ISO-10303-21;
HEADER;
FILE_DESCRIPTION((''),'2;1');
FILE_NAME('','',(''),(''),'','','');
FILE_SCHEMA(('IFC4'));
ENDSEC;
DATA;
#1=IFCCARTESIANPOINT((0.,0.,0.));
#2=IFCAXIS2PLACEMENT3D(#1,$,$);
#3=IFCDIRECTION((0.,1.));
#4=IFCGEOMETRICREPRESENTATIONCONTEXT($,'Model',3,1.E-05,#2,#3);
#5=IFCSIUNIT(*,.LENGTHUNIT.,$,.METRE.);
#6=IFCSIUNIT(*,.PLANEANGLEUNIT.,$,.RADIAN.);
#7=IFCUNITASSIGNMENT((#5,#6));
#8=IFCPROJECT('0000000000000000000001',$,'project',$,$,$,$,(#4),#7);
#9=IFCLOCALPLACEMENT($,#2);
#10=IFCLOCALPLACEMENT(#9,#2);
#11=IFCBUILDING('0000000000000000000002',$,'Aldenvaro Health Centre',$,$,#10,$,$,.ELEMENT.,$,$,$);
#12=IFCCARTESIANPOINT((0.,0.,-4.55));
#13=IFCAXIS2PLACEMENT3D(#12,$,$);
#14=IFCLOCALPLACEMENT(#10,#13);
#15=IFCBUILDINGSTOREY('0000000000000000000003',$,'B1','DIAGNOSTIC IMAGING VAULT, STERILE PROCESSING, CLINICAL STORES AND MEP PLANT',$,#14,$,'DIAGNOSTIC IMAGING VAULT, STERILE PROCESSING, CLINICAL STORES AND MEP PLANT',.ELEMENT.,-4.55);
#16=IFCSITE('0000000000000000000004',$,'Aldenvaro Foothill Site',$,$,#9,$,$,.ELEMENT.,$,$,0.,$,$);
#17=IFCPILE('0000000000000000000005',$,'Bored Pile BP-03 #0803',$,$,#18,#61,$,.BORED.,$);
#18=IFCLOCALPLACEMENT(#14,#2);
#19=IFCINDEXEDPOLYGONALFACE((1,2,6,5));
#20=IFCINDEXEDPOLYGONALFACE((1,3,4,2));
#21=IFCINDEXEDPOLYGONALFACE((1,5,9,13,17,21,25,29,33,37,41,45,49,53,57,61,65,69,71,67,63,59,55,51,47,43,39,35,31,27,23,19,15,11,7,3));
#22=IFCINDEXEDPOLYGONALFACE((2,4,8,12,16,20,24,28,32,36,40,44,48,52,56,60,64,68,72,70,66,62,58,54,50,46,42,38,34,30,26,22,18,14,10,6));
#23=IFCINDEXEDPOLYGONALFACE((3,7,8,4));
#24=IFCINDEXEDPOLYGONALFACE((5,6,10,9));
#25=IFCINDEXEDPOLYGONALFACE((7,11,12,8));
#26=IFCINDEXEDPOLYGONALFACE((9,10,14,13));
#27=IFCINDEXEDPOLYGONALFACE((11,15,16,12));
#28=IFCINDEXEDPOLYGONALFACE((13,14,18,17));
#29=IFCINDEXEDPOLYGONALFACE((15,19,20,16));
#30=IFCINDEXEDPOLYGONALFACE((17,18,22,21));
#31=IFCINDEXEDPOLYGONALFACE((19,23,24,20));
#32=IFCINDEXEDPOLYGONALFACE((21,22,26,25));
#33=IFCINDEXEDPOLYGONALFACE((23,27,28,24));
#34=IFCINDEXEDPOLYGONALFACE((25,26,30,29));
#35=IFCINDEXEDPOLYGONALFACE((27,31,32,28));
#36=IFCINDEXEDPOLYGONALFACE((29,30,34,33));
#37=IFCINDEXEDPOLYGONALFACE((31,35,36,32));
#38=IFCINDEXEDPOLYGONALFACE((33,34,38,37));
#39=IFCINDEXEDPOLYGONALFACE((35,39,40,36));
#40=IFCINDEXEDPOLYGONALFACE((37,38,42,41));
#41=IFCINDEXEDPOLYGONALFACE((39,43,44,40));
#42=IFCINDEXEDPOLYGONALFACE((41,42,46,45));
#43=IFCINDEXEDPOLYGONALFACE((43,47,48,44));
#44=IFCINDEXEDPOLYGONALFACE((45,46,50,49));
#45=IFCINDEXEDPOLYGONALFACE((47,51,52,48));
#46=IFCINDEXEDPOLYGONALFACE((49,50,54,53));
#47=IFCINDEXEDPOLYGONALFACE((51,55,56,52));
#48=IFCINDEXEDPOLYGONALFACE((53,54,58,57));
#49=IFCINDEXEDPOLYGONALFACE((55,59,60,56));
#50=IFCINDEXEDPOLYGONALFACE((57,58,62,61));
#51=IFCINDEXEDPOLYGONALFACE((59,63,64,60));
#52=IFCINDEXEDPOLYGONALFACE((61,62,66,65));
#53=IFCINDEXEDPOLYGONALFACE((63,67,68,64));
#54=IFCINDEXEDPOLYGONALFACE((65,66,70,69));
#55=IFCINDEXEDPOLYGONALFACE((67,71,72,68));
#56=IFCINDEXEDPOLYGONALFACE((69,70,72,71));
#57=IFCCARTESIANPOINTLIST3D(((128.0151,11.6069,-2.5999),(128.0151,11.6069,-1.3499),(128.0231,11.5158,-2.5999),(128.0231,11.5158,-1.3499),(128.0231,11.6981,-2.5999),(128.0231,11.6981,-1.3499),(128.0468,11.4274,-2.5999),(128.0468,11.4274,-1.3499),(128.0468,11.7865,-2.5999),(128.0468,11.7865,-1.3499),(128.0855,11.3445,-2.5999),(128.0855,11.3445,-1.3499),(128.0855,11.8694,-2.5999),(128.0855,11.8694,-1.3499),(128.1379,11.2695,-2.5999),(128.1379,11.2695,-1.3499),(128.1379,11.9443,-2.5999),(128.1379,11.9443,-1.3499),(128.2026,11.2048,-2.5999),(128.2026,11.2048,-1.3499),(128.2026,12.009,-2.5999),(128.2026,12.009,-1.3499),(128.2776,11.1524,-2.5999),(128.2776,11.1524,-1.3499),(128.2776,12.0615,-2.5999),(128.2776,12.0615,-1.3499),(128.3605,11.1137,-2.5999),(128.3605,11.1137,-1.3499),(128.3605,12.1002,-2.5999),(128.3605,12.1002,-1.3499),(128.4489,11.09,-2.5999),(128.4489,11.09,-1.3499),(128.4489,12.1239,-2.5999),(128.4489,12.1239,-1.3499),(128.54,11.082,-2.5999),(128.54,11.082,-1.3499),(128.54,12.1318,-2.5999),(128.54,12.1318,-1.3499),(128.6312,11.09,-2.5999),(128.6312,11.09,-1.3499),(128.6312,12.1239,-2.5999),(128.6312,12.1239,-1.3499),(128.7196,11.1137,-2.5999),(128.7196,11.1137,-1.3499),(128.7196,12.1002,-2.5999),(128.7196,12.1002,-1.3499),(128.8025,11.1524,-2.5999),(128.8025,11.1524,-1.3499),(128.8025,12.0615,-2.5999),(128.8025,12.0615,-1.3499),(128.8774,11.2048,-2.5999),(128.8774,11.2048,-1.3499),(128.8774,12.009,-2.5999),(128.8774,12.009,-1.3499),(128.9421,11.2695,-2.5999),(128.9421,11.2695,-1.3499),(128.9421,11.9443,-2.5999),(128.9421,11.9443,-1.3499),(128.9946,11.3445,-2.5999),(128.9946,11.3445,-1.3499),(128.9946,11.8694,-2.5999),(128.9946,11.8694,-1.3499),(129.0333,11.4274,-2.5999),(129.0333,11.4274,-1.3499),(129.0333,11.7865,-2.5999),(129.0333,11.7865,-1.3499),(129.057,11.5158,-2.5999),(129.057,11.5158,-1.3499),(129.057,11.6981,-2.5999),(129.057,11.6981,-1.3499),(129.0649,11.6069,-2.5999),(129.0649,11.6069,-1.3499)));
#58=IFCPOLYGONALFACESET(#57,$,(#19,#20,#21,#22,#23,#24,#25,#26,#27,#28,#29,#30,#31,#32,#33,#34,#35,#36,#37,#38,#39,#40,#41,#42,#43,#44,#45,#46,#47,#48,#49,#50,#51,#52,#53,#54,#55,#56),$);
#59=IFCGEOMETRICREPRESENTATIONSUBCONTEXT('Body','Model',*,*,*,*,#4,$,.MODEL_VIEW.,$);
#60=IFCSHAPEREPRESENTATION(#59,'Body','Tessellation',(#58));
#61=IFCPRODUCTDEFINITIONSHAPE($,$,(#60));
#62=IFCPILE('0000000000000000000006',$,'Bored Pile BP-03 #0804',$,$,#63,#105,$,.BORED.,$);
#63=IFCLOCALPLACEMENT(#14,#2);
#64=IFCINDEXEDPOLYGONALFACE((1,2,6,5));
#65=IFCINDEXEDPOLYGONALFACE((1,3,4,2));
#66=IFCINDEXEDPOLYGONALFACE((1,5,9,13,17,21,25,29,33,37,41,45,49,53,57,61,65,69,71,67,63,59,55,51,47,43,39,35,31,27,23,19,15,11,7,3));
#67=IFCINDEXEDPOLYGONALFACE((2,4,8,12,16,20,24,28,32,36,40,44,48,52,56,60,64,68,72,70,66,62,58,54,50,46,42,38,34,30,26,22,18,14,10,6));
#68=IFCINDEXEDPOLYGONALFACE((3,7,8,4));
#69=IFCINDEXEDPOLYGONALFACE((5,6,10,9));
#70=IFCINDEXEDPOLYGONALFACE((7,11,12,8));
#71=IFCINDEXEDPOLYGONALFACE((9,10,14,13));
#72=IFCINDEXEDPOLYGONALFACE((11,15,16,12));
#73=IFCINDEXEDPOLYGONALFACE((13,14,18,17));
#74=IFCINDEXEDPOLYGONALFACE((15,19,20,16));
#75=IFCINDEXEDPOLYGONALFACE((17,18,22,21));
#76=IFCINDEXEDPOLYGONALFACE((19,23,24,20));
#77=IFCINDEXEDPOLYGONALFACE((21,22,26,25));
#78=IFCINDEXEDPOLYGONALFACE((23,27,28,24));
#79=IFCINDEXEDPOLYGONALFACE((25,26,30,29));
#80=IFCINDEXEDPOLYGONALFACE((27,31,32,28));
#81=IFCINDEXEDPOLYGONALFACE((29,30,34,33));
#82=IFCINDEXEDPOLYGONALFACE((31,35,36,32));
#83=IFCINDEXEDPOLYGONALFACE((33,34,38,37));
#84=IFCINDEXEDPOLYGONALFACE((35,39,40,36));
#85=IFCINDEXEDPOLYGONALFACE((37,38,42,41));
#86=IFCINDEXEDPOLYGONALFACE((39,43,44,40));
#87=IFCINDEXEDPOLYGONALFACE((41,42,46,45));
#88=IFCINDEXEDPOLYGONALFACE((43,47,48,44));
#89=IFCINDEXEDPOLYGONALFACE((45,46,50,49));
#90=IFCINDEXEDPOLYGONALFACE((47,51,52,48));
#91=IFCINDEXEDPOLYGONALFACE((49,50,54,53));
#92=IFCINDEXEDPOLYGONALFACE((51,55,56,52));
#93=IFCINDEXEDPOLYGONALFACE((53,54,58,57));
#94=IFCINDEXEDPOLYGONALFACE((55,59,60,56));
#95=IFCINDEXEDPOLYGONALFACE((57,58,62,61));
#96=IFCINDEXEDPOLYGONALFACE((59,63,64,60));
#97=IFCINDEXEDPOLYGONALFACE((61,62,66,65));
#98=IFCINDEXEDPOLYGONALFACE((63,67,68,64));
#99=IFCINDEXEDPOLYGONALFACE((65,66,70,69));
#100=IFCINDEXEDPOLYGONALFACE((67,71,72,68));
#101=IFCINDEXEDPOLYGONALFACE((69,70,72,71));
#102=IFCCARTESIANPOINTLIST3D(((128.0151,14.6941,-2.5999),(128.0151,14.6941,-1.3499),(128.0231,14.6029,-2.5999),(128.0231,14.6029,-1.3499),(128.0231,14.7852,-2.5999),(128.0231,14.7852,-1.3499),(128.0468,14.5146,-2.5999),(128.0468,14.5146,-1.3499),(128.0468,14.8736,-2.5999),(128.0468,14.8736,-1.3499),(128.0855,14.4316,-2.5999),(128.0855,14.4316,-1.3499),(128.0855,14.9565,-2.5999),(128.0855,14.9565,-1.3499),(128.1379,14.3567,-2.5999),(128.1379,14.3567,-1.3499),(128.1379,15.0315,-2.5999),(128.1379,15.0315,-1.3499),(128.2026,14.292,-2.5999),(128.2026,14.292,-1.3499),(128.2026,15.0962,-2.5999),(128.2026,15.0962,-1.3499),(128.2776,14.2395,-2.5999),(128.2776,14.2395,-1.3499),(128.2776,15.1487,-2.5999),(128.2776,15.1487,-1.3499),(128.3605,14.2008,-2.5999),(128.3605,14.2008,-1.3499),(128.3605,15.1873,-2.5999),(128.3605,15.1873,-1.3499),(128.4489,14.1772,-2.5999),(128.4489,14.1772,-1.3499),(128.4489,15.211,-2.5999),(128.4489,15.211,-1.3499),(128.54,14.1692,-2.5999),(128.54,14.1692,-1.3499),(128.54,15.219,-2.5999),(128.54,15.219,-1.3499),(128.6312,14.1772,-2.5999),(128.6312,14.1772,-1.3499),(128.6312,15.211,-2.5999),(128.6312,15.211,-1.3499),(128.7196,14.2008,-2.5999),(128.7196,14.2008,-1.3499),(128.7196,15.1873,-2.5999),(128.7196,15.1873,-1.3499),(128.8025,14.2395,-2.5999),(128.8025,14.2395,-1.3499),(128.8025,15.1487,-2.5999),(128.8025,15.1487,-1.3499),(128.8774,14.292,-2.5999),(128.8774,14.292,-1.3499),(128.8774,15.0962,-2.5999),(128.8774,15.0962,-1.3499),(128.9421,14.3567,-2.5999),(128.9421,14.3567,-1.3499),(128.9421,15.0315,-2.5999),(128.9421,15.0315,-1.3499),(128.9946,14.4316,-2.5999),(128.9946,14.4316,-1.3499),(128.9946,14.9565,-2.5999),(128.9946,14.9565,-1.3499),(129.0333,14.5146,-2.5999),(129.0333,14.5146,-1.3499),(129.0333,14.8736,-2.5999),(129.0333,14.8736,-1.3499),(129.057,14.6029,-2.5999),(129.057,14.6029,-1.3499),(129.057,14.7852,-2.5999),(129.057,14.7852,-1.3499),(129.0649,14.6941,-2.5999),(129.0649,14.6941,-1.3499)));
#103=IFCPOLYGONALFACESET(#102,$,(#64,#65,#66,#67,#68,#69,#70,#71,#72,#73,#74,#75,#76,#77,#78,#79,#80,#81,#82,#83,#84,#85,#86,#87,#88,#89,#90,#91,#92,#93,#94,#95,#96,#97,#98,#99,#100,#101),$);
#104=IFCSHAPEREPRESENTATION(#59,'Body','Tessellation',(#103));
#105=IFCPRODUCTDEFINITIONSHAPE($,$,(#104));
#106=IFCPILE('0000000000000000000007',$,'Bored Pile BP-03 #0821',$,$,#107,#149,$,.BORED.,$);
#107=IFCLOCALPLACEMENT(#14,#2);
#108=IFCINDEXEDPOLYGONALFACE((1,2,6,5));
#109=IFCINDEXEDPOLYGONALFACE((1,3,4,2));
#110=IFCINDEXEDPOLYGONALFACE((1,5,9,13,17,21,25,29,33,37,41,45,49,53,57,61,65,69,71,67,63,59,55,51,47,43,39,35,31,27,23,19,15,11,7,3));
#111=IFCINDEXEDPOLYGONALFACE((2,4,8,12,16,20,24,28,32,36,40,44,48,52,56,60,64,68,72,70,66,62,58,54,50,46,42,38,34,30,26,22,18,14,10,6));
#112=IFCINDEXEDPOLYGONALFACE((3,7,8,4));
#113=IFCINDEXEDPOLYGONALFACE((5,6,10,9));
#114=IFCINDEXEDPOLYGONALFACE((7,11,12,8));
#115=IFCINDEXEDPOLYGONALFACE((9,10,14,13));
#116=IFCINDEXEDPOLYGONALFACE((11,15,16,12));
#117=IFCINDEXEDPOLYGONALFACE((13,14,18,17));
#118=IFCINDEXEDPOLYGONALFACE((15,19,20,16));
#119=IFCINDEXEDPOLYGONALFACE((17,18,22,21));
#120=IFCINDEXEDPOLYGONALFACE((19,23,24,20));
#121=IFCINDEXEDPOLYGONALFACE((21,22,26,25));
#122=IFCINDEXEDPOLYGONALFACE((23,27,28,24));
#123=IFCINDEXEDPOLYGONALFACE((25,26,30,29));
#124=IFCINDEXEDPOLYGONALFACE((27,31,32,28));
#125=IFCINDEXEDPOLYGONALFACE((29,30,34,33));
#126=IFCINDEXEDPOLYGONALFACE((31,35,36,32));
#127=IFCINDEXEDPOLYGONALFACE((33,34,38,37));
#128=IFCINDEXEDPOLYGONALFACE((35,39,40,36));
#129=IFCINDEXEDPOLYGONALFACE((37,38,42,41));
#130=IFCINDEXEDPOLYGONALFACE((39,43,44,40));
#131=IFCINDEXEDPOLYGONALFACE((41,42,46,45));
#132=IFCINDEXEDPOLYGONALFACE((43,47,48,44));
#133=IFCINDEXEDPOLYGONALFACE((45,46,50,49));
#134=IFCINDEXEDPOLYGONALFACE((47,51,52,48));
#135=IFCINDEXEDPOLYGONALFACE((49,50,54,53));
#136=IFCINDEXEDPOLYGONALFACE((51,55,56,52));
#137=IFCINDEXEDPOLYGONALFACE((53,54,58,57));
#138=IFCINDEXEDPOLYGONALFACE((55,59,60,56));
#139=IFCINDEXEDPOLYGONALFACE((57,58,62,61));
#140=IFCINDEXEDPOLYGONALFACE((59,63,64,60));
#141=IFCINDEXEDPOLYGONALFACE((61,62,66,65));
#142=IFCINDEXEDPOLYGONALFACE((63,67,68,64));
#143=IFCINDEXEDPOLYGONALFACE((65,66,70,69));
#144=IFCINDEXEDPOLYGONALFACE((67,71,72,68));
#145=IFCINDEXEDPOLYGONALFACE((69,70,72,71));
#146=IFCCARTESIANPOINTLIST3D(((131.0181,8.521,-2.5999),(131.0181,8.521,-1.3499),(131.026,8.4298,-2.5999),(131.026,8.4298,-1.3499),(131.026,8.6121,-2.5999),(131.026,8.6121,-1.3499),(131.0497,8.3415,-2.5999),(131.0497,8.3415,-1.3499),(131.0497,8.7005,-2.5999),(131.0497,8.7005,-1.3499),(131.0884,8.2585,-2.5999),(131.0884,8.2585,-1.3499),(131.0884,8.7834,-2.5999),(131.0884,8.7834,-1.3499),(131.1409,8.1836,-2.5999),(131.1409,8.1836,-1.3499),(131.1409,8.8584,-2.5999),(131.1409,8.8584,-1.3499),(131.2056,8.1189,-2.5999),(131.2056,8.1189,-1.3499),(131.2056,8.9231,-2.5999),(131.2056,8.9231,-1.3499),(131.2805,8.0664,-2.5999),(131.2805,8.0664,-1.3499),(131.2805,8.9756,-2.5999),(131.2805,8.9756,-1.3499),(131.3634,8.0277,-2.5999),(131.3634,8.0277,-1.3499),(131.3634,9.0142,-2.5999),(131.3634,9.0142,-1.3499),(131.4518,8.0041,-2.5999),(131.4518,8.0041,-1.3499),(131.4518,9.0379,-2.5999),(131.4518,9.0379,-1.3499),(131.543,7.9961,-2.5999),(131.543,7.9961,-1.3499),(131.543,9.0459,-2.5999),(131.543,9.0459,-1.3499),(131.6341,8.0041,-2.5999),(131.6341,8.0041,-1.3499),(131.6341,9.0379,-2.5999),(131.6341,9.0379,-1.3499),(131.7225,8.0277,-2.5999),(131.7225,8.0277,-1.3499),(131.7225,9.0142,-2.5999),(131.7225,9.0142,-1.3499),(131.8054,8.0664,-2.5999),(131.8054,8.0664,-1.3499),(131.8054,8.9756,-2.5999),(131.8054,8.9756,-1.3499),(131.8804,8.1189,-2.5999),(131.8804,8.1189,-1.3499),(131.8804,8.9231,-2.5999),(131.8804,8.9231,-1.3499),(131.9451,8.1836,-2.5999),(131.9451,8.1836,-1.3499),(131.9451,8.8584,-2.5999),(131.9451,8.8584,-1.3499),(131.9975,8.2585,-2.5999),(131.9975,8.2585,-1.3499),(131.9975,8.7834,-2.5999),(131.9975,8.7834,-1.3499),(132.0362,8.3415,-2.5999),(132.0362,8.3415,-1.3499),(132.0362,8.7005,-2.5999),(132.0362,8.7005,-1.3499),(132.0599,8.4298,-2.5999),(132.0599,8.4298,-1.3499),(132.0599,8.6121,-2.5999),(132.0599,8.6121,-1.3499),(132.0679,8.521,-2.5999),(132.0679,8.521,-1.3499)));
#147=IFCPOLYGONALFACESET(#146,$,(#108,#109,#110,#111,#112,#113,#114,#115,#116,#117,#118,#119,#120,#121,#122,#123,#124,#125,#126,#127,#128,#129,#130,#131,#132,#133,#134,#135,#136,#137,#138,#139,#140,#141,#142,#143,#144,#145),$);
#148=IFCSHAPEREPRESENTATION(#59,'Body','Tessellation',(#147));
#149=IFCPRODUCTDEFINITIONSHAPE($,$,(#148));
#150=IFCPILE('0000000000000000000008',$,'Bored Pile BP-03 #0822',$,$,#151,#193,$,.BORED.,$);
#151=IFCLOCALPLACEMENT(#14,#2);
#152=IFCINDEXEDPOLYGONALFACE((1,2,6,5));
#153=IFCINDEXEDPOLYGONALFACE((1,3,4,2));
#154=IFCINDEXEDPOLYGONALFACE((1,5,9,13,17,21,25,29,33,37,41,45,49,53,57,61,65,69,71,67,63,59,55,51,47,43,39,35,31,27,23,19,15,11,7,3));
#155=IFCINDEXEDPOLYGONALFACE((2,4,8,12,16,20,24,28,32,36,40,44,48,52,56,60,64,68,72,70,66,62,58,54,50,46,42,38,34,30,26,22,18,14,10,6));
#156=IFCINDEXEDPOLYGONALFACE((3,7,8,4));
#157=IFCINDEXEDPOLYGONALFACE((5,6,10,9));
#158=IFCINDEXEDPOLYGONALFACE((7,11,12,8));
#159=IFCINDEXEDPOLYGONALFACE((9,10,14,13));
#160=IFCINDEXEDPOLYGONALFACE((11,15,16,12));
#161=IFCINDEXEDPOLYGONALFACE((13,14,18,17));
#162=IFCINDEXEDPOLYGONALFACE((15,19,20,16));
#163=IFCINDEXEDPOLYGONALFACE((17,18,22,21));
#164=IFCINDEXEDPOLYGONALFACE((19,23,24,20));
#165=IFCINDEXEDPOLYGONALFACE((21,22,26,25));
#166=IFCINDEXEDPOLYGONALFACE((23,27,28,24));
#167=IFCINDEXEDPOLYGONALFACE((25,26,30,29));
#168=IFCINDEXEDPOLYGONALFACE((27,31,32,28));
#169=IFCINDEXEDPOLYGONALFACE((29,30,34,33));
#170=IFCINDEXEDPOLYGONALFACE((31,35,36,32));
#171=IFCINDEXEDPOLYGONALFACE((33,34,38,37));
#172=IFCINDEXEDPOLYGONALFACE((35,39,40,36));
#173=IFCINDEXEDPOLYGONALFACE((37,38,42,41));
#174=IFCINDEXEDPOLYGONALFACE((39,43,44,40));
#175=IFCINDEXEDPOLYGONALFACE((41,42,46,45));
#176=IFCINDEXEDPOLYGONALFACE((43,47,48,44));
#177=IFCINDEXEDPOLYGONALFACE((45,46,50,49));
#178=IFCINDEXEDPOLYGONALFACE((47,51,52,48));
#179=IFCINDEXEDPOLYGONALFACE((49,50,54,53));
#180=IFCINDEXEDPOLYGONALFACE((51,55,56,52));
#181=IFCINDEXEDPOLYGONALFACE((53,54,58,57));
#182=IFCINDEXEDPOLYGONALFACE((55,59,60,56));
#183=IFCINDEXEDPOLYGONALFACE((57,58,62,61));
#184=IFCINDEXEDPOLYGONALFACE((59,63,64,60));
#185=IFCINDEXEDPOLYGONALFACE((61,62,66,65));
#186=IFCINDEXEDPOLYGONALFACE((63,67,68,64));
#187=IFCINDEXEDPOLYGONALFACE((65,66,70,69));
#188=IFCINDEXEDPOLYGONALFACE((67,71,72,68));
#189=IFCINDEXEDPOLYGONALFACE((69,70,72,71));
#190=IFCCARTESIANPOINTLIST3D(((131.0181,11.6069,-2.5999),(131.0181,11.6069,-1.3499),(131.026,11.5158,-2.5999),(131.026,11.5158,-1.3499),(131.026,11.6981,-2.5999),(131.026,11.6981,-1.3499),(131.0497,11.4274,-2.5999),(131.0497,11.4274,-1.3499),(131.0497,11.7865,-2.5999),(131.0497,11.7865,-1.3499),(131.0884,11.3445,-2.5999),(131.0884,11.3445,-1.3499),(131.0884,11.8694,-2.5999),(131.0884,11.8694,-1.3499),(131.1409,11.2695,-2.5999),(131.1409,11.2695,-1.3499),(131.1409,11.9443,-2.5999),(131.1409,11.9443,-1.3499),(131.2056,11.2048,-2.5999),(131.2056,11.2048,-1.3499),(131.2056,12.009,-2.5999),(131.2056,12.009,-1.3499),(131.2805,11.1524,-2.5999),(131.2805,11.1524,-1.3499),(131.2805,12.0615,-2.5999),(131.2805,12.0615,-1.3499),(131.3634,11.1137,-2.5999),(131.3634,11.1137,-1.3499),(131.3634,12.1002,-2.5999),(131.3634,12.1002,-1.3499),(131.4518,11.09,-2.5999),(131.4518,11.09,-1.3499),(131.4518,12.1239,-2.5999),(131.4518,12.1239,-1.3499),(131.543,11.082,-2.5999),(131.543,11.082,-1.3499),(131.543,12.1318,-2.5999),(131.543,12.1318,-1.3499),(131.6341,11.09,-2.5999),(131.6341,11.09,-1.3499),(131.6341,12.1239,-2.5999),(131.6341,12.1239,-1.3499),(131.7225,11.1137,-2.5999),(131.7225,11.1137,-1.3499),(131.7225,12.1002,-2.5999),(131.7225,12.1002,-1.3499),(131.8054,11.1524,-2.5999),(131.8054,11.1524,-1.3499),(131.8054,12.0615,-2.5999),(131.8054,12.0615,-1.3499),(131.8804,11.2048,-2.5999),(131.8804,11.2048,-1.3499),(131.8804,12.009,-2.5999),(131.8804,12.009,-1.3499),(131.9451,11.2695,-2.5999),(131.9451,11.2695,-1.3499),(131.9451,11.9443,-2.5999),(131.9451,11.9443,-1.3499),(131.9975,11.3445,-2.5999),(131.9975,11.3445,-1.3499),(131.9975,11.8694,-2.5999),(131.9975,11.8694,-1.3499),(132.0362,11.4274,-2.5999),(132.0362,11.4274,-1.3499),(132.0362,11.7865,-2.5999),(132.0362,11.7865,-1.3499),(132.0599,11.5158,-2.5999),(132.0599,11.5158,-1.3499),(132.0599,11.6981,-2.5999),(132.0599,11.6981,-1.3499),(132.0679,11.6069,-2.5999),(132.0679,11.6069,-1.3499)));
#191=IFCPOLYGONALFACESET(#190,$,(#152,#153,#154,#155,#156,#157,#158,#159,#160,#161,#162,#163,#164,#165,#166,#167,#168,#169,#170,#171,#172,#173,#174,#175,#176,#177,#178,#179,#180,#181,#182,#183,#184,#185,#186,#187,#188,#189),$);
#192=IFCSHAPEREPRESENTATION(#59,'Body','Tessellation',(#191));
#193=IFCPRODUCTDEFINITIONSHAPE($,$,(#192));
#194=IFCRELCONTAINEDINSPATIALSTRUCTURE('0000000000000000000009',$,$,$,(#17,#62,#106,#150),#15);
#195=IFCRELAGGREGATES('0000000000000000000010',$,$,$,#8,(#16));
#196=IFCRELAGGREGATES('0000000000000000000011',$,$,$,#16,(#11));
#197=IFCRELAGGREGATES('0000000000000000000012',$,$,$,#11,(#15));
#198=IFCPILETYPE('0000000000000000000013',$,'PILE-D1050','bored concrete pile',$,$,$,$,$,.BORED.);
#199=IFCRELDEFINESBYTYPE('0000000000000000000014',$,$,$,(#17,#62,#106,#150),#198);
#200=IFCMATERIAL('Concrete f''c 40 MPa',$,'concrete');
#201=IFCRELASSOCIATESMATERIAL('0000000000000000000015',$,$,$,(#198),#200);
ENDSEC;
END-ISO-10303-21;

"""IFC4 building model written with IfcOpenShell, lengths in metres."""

from ifc_helpers import new_model, si_unit, direction, frame, origin, origin_2d, place, context, subcontext, project, spatial, circle, extrude, material, material_profile, profile_set, type_object, element, save


model = new_model("IFC4")

# Units and contexts
model_context = context("Model", 3, precision=1e-05, world=origin(), true_north=direction((0.0, 1.0)))
body_context = subcontext(model_context, "Body", "Model", "MODEL_VIEW")
ifc_project = project(units=[si_unit("LENGTHUNIT", "METRE"), si_unit("PLANEANGLEUNIT", "RADIAN")], contexts=[model_context])

# Site, building, storey
site_placement = place(None, origin())
site = spatial("IfcSite", under=ifc_project, at=site_placement, Name="Aldenvaro Foothill Site", CompositionType="ELEMENT", RefElevation=0.0)
building_placement = place(site_placement, origin())
building = spatial("IfcBuilding", under=site, at=building_placement, Name="Aldenvaro Health Centre", CompositionType="ELEMENT")
storey_placement = place(building_placement, frame((0.0, 0.0, -4.55)))
storey = spatial("IfcBuildingStorey", under=building, at=storey_placement, Name="B1", Description="DIAGNOSTIC IMAGING VAULT, STERILE PROCESSING, CLINICAL STORES AND MEP PLANT", LongName="DIAGNOSTIC IMAGING VAULT, STERILE PROCESSING, CLINICAL STORES AND MEP PLANT", CompositionType="ELEMENT", Elevation=-4.55)

# Piles
ifc_material_1 = material(Name="Concrete f'c 40 MPa", Category="concrete")
ifc_material_profile_1 = material_profile(ifc_material_1, circle(Radius=0.5249, at=origin_2d()), Name="PILE D1050", Category="concrete")
ifc_profile_set_1 = profile_set([ifc_material_profile_1], Name="Concrete f'c 40 MPa")
pile_type_1 = type_object("IfcPileType", Name="PILE-D1050", Description="bored concrete pile", PredefinedType="BORED", material=ifc_profile_set_1)
for number, where, z_axis, x_axis, name in (
    (1, (128.54, 11.6069, -1.3499), (0.0, 0.0, -1.0), (1.0, 0.0, 0.0), "Bored Pile BP-03 #0803"),
    (2, (128.54, 14.6941, -1.3499), (0.0, 0.0, -1.0), (1.0, 0.0, 0.0), "Bored Pile BP-03 #0804"),
    (3, (131.543, 8.521, -1.3499), (0.0, 0.0, -1.0), (1.0, 0.0, 0.0), "Bored Pile BP-03 #0821"),
    (4, (131.543, 11.6069, -1.3499), (0.0, 0.0, -1.0), (1.0, 0.0, 0.0), "Bored Pile BP-03 #0822"),
):
    element("IfcPile", number, at=place(storey_placement, frame(where, z_axis=z_axis, x_axis=x_axis)), inside=storey, type_object=pile_type_1, Name=name, PredefinedType="BORED", context=body_context, shape_type="SweptSolid", body=[
        extrude(circle(Radius=0.5249, at=origin_2d()), origin(), (0.0, 0.0, 1.0), 1.25),
    ])

save(model, "model.ifc")
